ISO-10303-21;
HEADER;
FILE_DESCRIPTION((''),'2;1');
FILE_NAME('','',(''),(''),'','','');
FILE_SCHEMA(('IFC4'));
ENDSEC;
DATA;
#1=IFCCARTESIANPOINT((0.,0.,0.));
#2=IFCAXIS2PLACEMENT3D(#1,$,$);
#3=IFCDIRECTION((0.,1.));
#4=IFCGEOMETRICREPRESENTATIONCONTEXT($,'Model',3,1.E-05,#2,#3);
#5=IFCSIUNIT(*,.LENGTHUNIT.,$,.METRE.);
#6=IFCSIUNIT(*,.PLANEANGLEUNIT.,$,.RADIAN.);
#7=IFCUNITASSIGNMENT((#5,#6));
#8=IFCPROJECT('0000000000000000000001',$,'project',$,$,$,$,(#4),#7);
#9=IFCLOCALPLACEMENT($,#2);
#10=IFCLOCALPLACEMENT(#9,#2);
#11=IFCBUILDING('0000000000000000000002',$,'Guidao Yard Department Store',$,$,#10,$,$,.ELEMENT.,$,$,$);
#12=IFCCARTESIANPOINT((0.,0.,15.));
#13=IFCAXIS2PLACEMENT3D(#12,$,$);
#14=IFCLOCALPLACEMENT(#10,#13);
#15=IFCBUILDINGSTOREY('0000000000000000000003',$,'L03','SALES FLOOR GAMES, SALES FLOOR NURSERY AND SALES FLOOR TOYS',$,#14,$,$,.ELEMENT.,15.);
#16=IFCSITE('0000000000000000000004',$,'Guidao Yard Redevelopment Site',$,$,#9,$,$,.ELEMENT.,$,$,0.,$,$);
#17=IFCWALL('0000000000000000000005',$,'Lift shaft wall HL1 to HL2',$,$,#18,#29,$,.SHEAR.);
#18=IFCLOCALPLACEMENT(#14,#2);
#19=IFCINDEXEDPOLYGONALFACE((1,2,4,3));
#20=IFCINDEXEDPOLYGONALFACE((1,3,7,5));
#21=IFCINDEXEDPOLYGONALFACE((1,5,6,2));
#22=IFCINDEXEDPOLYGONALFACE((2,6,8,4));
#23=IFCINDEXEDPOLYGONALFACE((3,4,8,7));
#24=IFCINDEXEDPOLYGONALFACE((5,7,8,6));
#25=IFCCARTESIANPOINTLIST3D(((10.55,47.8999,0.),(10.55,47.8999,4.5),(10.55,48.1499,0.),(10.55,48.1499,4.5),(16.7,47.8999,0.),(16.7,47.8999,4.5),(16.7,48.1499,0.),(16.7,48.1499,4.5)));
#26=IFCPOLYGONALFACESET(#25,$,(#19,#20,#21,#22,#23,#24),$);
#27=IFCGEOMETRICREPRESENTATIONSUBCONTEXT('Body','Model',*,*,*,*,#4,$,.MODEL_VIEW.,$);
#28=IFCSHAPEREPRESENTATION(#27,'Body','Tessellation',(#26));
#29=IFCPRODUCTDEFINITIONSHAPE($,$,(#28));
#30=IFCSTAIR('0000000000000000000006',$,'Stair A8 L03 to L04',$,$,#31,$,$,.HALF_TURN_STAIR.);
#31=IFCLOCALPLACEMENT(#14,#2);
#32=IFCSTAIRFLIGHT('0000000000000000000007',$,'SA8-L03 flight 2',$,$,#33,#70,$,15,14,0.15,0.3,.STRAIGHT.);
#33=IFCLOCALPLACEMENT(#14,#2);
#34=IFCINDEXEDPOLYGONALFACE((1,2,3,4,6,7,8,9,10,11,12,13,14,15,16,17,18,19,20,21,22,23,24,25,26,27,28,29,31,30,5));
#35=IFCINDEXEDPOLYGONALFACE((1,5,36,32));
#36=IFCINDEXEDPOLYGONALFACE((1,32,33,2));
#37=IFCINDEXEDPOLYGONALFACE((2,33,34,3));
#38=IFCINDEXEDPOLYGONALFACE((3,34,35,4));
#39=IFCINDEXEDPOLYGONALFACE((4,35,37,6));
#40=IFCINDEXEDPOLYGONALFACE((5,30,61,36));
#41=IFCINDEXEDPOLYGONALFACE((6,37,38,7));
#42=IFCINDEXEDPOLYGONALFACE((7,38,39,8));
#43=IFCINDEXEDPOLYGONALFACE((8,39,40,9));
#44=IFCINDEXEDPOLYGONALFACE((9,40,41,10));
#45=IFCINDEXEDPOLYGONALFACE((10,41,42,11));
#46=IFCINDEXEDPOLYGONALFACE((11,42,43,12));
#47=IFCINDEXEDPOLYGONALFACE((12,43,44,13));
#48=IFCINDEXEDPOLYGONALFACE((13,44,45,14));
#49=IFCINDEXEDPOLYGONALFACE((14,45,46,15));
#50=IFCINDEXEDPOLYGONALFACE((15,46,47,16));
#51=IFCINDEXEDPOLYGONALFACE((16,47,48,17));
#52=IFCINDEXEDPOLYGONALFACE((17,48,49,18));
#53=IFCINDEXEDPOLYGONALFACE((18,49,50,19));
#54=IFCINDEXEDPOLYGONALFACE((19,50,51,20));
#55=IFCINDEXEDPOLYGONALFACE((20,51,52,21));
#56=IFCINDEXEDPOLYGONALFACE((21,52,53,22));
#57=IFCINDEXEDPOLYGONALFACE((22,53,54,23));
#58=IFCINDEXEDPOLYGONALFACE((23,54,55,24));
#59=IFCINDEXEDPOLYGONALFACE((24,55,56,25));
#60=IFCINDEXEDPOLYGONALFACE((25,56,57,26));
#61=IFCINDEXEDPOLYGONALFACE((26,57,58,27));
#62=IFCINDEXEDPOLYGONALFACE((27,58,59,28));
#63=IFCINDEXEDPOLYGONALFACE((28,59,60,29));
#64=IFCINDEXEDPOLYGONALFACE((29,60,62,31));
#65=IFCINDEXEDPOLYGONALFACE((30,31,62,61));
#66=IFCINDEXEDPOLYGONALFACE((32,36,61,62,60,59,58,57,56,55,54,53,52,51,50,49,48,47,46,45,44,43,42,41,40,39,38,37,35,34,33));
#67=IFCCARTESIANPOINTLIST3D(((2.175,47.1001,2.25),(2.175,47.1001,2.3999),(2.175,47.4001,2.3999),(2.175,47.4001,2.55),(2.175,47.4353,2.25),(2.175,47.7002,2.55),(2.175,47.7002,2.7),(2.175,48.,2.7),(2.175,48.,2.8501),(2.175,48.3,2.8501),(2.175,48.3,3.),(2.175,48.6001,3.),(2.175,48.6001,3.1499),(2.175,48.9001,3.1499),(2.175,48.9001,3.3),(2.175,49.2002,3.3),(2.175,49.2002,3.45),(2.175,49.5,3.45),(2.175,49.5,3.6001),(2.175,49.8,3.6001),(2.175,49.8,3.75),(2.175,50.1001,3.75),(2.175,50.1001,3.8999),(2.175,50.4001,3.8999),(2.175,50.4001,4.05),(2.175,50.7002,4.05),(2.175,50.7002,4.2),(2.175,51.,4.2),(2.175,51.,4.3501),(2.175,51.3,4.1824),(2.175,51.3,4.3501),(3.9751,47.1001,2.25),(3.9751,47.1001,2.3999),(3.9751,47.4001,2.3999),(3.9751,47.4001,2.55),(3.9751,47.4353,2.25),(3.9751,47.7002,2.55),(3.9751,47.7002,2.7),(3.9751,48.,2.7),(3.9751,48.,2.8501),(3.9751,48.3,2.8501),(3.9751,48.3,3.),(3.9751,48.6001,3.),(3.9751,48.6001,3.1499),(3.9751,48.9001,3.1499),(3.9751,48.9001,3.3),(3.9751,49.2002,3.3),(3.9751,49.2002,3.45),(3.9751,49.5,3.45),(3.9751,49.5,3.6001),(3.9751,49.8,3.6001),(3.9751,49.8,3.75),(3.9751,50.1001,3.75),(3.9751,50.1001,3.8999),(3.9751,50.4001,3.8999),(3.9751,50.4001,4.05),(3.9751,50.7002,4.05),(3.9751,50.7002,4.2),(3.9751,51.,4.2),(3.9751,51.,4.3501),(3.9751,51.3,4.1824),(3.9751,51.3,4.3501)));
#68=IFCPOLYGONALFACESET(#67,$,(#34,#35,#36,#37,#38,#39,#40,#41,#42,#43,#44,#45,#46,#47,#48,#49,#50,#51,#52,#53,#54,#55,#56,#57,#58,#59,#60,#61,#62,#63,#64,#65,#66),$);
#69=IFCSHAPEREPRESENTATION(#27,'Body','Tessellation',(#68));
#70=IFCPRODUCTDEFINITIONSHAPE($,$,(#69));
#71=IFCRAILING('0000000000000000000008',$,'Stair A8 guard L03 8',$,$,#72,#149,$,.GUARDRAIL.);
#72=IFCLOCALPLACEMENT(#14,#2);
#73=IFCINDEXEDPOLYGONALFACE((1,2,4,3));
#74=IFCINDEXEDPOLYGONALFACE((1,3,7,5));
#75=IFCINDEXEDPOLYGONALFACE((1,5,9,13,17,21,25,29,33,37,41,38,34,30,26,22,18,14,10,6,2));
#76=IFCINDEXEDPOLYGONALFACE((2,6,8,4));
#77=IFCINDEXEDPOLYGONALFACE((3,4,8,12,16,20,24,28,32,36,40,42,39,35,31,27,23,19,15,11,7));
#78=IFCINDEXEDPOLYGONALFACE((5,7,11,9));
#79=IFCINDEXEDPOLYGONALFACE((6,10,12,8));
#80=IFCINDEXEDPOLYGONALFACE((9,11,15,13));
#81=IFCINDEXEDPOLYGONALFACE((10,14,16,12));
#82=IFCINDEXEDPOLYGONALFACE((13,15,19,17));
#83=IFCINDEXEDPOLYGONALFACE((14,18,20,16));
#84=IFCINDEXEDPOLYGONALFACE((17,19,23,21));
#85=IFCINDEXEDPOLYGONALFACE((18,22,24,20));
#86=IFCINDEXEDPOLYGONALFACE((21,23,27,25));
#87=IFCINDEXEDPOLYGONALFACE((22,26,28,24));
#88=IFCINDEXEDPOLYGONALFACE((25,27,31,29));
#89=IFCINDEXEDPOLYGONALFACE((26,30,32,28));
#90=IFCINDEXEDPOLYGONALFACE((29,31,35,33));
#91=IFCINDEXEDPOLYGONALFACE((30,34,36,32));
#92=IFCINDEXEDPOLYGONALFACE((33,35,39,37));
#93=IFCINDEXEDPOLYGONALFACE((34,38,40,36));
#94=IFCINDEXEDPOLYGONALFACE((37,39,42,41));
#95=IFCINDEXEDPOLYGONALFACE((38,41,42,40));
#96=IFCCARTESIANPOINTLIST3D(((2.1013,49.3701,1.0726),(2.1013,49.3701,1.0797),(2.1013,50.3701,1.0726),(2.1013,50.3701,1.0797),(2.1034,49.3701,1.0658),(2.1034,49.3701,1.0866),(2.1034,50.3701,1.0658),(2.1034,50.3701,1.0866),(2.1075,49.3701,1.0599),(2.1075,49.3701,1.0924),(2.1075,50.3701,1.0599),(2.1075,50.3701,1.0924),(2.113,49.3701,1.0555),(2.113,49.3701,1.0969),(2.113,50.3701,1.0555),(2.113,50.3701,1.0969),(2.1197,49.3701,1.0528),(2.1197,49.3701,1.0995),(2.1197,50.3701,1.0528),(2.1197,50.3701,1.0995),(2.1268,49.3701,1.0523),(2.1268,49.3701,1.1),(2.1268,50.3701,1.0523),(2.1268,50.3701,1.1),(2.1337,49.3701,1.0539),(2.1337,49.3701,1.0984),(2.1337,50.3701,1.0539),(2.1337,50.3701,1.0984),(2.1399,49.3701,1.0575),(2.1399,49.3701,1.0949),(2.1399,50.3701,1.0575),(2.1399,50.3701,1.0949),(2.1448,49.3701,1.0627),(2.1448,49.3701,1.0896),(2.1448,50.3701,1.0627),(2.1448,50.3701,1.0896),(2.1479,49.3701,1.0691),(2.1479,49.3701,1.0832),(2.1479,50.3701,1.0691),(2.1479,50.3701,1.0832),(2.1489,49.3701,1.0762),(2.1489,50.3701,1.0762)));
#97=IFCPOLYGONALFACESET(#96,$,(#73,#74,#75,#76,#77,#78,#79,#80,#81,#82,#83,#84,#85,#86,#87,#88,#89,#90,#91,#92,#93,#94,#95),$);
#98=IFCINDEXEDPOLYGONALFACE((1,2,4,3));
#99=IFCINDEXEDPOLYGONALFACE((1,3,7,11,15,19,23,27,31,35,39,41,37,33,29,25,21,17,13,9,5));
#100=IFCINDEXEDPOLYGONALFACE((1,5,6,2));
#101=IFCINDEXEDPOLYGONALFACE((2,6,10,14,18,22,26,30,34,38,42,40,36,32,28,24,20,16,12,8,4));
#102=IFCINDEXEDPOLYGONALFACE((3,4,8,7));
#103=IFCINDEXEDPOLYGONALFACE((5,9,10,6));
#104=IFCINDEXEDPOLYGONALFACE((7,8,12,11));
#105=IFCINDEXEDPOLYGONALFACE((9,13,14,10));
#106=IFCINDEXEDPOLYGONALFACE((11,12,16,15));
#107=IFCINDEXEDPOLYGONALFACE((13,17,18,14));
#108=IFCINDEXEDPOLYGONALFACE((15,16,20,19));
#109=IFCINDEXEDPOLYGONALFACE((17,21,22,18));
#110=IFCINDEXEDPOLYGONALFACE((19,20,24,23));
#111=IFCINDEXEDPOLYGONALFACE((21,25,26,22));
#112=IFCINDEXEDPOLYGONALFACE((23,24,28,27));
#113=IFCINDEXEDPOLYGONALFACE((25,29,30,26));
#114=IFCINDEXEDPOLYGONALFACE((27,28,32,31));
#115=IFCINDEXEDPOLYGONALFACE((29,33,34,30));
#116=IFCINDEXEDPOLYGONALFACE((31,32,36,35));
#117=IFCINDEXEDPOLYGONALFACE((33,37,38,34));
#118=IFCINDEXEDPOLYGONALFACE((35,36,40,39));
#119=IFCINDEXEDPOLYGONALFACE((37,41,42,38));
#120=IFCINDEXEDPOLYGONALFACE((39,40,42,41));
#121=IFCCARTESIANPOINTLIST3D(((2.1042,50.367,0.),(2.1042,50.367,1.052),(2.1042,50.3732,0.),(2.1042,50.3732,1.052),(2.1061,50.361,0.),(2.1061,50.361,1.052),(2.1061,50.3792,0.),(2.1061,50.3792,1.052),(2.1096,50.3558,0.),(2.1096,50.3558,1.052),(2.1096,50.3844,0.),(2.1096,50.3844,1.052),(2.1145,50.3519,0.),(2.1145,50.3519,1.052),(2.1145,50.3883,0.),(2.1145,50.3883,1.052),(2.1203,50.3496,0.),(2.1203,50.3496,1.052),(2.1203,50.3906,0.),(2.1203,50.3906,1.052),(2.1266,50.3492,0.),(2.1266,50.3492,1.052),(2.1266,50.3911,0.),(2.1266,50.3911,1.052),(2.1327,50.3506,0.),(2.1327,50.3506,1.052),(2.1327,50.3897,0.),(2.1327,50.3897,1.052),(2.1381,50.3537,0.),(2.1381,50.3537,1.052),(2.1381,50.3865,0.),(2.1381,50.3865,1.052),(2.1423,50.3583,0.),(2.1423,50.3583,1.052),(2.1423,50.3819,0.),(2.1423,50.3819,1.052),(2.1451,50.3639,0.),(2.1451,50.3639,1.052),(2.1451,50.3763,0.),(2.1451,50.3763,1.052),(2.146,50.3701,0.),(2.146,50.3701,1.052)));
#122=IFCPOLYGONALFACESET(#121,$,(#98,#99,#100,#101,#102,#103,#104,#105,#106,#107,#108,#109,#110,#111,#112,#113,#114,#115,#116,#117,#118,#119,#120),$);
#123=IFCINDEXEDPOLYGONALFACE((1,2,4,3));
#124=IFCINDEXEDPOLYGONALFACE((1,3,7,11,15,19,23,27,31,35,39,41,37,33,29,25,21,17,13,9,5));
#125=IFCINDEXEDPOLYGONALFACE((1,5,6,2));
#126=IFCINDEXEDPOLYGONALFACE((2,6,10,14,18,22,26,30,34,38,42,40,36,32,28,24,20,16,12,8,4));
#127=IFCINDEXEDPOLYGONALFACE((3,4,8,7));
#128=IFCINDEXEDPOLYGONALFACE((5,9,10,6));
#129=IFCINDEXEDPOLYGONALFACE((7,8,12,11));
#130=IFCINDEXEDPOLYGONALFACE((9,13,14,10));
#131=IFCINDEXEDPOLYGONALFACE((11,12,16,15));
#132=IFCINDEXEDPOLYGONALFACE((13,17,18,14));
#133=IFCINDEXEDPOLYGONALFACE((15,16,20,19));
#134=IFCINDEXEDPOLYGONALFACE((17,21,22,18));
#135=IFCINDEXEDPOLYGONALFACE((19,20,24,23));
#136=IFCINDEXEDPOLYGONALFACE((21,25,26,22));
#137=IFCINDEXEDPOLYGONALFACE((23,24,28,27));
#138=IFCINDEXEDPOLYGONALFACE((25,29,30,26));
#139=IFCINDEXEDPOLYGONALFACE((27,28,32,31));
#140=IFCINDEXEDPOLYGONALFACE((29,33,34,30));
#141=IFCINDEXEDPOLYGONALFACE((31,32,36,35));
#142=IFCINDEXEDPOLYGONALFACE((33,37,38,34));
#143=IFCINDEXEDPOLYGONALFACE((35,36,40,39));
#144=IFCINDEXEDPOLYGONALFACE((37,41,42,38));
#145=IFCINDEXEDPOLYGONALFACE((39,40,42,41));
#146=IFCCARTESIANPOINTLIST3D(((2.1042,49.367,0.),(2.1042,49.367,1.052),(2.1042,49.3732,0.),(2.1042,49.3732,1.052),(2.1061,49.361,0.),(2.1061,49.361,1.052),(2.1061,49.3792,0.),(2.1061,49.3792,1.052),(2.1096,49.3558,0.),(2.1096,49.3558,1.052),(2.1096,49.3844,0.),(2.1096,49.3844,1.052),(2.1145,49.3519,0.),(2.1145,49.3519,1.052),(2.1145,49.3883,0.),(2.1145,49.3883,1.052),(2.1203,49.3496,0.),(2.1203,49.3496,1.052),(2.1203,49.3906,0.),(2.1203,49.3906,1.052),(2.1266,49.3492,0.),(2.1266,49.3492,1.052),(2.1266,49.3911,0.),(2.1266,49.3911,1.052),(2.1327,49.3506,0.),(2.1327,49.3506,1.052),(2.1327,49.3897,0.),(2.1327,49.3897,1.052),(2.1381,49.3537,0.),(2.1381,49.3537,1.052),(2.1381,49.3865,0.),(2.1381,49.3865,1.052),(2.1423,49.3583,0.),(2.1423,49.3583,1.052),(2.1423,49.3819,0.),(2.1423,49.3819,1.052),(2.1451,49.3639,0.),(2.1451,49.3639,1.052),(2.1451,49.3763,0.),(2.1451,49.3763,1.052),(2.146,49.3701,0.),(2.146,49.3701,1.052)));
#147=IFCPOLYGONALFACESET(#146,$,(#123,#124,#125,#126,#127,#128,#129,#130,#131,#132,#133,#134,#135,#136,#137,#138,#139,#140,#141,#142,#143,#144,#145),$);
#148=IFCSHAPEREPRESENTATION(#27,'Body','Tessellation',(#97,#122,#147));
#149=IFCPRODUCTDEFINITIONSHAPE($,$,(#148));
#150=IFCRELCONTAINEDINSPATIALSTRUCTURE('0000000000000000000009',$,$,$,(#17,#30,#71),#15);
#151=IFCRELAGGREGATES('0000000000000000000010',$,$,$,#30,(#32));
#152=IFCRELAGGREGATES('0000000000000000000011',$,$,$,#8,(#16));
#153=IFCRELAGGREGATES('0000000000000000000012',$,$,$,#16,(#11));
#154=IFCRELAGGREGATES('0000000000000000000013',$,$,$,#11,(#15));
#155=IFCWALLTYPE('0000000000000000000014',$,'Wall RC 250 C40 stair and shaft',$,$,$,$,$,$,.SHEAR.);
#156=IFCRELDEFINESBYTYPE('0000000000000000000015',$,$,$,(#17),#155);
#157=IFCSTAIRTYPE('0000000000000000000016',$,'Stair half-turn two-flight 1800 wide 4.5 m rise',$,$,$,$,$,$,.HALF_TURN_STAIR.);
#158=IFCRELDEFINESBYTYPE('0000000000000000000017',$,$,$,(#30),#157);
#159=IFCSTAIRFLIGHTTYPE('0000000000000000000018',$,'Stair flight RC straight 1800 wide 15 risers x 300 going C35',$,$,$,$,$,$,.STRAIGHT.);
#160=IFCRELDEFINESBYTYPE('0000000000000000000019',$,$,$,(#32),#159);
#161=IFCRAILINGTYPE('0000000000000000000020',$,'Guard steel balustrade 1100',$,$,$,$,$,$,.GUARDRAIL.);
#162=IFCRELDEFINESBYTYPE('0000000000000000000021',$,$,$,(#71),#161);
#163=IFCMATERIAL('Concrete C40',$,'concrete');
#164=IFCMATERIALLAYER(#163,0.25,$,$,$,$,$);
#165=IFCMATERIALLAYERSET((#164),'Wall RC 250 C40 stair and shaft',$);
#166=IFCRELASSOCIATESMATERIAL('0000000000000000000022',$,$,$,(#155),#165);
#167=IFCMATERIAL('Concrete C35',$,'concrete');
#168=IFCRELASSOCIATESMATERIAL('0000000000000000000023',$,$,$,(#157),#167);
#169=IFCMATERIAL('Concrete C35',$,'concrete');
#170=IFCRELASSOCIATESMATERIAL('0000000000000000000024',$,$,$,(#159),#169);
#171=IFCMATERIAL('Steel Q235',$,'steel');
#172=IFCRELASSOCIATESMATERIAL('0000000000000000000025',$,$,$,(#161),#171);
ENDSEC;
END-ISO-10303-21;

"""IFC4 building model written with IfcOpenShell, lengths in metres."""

from ifc_helpers import new_model, si_unit, direction, frame, frame_2d, origin, origin_2d, place, context, subcontext, project, spatial, polyline, rectangle, circle, outline, extrude, material, layer, layer_set, type_object, element, aggregate, save


model = new_model("IFC4")

# Units and contexts
model_context = context("Model", 3, precision=1e-05, world=origin(), true_north=direction((0.0, 1.0)))
body_context = subcontext(model_context, "Body", "Model", "MODEL_VIEW")
ifc_project = project(units=[si_unit("LENGTHUNIT", "METRE"), si_unit("PLANEANGLEUNIT", "RADIAN")], contexts=[model_context])

# Site, building, storey
site_placement = place(None, origin())
site = spatial("IfcSite", under=ifc_project, at=site_placement, Name="Guidao Yard Redevelopment Site", CompositionType="ELEMENT", RefElevation=0.0)
building_placement = place(site_placement, origin())
building = spatial("IfcBuilding", under=site, at=building_placement, Name="Guidao Yard Department Store", CompositionType="ELEMENT")
storey_placement = place(building_placement, frame((0.0, 0.0, 15.0)))
storey = spatial("IfcBuildingStorey", under=building, at=storey_placement, Name="L03", Description="SALES FLOOR GAMES, SALES FLOOR NURSERY AND SALES FLOOR TOYS", CompositionType="ELEMENT", Elevation=15.0)

# Wall
ifc_material_1 = material(Name="Concrete C40", Category="concrete")
ifc_layer_1 = layer(ifc_material_1, 0.25)
ifc_layer_set_1 = layer_set([ifc_layer_1], Name="Wall RC 250 C40 stair and shaft")
wall_type_1 = type_object("IfcWallType", Name="Wall RC 250 C40 stair and shaft", PredefinedType="SHEAR", material=ifc_layer_set_1)
wall_1_placement = place(storey_placement, frame((10.55, 48.0249, 0.0), z_axis=(0.0, 0.0, 1.0), x_axis=(1.0, 0.0, 0.0)))
element("IfcWall", 1, at=wall_1_placement, inside=storey, type_object=wall_type_1, Name="Lift shaft wall HL1 to HL2", PredefinedType="SHEAR", context=body_context, shape_type="SweptSolid", body=[
    extrude(rectangle(XDim=6.1499, YDim=0.25, at=frame_2d((3.075, 0.0))), origin(), (0.0, 0.0, 1.0), 4.5),
])

# Stair, stair flight
ifc_material_2 = material(Name="Concrete C35", Category="concrete")
stair_type = type_object("IfcStairType", Name="Stair half-turn two-flight 1800 wide 4.5 m rise", PredefinedType="HALF_TURN_STAIR", material=ifc_material_2)
stair_placement = place(storey_placement, origin())
stair = element("IfcStair", 2, at=stair_placement, inside=storey, type_object=stair_type, Name="Stair A8 L03 to L04", PredefinedType="HALF_TURN_STAIR")
ifc_material_3 = material(Name="Concrete C35", Category="concrete")
stair_flight_type = type_object("IfcStairFlightType", Name="Stair flight RC straight 1800 wide 15 risers x 300 going C35", PredefinedType="STRAIGHT", material=ifc_material_3)
stair_flight_placement = place(storey_placement, frame((3.075, 47.1001, 2.25), z_axis=(0.0, 0.0, 1.0), x_axis=(0.0, 1.0, 0.0)))
stair_flight = element("IfcStairFlight", 3, at=stair_flight_placement, type_object=stair_flight_type, Name="SA8-L03 flight 2", NumberOfRisers=15, NumberOfTreads=14, PredefinedType="STRAIGHT", RiserHeight=0.15, TreadLength=0.3, context=body_context, shape_type="SweptSolid", body=[
    extrude(outline(polyline([(0.0, 0.0), (0.0, 0.1499), (0.3, 0.1499), (0.3, 0.3), (0.6001, 0.3), (0.6001, 0.45), (0.8999, 0.45), (0.8999, 0.6001), (1.2, 0.6001), (1.2, 0.75), (1.5, 0.75), (1.5, 0.8999), (1.8, 0.8999), (1.8, 1.05), (2.1001, 1.05), (2.1001, 1.2), (2.3999, 1.2), (2.3999, 1.3501), (2.7, 1.3501), (2.7, 1.5), (3.0, 1.5), (3.0, 1.6499), (3.3, 1.6499), (3.3, 1.8), (3.6001, 1.8), (3.6001, 1.95), (3.8999, 1.95), (3.8999, 2.1001), (4.2, 2.1001), (4.2, 2.25), (4.2, 1.9324), (0.3352, 0.0), (0.0, 0.0)])), frame((0.0, 0.8999, 0.0), z_axis=(0.0, -1.0, 0.0), x_axis=(1.0, 0.0, 0.0)), (0.0, 0.0, 1.0), 1.8),
])
aggregate(stair, [stair_flight])

# Railing
ifc_material_4 = material(Name="Steel Q235", Category="steel")
railing_type_1 = type_object("IfcRailingType", Name="Guard steel balustrade 1100", PredefinedType="GUARDRAIL", material=ifc_material_4)
railing_placement = place(storey_placement, frame((2.125, 50.3701, 0.0)))
element("IfcRailing", 4, at=railing_placement, inside=storey, type_object=railing_type_1, Name="Stair A8 guard L03 8", PredefinedType="GUARDRAIL", context=body_context, shape_type="SweptSolid", body=[
    extrude(circle(Radius=0.0239, at=origin_2d()), frame((0.0, 0.0, 1.0762), z_axis=(0.0, -1.0, 0.0), x_axis=(1.0, 0.0, 0.0)), (0.0, 0.0, 1.0), 1.0),
    extrude(circle(Radius=0.021, at=origin_2d()), origin(), (0.0, 0.0, 1.0), 1.052),
    extrude(circle(Radius=0.021, at=origin_2d()), frame((0.0, -1.0, 0.0)), (0.0, 0.0, 1.0), 1.052),
])

save(model, "model.ifc")
